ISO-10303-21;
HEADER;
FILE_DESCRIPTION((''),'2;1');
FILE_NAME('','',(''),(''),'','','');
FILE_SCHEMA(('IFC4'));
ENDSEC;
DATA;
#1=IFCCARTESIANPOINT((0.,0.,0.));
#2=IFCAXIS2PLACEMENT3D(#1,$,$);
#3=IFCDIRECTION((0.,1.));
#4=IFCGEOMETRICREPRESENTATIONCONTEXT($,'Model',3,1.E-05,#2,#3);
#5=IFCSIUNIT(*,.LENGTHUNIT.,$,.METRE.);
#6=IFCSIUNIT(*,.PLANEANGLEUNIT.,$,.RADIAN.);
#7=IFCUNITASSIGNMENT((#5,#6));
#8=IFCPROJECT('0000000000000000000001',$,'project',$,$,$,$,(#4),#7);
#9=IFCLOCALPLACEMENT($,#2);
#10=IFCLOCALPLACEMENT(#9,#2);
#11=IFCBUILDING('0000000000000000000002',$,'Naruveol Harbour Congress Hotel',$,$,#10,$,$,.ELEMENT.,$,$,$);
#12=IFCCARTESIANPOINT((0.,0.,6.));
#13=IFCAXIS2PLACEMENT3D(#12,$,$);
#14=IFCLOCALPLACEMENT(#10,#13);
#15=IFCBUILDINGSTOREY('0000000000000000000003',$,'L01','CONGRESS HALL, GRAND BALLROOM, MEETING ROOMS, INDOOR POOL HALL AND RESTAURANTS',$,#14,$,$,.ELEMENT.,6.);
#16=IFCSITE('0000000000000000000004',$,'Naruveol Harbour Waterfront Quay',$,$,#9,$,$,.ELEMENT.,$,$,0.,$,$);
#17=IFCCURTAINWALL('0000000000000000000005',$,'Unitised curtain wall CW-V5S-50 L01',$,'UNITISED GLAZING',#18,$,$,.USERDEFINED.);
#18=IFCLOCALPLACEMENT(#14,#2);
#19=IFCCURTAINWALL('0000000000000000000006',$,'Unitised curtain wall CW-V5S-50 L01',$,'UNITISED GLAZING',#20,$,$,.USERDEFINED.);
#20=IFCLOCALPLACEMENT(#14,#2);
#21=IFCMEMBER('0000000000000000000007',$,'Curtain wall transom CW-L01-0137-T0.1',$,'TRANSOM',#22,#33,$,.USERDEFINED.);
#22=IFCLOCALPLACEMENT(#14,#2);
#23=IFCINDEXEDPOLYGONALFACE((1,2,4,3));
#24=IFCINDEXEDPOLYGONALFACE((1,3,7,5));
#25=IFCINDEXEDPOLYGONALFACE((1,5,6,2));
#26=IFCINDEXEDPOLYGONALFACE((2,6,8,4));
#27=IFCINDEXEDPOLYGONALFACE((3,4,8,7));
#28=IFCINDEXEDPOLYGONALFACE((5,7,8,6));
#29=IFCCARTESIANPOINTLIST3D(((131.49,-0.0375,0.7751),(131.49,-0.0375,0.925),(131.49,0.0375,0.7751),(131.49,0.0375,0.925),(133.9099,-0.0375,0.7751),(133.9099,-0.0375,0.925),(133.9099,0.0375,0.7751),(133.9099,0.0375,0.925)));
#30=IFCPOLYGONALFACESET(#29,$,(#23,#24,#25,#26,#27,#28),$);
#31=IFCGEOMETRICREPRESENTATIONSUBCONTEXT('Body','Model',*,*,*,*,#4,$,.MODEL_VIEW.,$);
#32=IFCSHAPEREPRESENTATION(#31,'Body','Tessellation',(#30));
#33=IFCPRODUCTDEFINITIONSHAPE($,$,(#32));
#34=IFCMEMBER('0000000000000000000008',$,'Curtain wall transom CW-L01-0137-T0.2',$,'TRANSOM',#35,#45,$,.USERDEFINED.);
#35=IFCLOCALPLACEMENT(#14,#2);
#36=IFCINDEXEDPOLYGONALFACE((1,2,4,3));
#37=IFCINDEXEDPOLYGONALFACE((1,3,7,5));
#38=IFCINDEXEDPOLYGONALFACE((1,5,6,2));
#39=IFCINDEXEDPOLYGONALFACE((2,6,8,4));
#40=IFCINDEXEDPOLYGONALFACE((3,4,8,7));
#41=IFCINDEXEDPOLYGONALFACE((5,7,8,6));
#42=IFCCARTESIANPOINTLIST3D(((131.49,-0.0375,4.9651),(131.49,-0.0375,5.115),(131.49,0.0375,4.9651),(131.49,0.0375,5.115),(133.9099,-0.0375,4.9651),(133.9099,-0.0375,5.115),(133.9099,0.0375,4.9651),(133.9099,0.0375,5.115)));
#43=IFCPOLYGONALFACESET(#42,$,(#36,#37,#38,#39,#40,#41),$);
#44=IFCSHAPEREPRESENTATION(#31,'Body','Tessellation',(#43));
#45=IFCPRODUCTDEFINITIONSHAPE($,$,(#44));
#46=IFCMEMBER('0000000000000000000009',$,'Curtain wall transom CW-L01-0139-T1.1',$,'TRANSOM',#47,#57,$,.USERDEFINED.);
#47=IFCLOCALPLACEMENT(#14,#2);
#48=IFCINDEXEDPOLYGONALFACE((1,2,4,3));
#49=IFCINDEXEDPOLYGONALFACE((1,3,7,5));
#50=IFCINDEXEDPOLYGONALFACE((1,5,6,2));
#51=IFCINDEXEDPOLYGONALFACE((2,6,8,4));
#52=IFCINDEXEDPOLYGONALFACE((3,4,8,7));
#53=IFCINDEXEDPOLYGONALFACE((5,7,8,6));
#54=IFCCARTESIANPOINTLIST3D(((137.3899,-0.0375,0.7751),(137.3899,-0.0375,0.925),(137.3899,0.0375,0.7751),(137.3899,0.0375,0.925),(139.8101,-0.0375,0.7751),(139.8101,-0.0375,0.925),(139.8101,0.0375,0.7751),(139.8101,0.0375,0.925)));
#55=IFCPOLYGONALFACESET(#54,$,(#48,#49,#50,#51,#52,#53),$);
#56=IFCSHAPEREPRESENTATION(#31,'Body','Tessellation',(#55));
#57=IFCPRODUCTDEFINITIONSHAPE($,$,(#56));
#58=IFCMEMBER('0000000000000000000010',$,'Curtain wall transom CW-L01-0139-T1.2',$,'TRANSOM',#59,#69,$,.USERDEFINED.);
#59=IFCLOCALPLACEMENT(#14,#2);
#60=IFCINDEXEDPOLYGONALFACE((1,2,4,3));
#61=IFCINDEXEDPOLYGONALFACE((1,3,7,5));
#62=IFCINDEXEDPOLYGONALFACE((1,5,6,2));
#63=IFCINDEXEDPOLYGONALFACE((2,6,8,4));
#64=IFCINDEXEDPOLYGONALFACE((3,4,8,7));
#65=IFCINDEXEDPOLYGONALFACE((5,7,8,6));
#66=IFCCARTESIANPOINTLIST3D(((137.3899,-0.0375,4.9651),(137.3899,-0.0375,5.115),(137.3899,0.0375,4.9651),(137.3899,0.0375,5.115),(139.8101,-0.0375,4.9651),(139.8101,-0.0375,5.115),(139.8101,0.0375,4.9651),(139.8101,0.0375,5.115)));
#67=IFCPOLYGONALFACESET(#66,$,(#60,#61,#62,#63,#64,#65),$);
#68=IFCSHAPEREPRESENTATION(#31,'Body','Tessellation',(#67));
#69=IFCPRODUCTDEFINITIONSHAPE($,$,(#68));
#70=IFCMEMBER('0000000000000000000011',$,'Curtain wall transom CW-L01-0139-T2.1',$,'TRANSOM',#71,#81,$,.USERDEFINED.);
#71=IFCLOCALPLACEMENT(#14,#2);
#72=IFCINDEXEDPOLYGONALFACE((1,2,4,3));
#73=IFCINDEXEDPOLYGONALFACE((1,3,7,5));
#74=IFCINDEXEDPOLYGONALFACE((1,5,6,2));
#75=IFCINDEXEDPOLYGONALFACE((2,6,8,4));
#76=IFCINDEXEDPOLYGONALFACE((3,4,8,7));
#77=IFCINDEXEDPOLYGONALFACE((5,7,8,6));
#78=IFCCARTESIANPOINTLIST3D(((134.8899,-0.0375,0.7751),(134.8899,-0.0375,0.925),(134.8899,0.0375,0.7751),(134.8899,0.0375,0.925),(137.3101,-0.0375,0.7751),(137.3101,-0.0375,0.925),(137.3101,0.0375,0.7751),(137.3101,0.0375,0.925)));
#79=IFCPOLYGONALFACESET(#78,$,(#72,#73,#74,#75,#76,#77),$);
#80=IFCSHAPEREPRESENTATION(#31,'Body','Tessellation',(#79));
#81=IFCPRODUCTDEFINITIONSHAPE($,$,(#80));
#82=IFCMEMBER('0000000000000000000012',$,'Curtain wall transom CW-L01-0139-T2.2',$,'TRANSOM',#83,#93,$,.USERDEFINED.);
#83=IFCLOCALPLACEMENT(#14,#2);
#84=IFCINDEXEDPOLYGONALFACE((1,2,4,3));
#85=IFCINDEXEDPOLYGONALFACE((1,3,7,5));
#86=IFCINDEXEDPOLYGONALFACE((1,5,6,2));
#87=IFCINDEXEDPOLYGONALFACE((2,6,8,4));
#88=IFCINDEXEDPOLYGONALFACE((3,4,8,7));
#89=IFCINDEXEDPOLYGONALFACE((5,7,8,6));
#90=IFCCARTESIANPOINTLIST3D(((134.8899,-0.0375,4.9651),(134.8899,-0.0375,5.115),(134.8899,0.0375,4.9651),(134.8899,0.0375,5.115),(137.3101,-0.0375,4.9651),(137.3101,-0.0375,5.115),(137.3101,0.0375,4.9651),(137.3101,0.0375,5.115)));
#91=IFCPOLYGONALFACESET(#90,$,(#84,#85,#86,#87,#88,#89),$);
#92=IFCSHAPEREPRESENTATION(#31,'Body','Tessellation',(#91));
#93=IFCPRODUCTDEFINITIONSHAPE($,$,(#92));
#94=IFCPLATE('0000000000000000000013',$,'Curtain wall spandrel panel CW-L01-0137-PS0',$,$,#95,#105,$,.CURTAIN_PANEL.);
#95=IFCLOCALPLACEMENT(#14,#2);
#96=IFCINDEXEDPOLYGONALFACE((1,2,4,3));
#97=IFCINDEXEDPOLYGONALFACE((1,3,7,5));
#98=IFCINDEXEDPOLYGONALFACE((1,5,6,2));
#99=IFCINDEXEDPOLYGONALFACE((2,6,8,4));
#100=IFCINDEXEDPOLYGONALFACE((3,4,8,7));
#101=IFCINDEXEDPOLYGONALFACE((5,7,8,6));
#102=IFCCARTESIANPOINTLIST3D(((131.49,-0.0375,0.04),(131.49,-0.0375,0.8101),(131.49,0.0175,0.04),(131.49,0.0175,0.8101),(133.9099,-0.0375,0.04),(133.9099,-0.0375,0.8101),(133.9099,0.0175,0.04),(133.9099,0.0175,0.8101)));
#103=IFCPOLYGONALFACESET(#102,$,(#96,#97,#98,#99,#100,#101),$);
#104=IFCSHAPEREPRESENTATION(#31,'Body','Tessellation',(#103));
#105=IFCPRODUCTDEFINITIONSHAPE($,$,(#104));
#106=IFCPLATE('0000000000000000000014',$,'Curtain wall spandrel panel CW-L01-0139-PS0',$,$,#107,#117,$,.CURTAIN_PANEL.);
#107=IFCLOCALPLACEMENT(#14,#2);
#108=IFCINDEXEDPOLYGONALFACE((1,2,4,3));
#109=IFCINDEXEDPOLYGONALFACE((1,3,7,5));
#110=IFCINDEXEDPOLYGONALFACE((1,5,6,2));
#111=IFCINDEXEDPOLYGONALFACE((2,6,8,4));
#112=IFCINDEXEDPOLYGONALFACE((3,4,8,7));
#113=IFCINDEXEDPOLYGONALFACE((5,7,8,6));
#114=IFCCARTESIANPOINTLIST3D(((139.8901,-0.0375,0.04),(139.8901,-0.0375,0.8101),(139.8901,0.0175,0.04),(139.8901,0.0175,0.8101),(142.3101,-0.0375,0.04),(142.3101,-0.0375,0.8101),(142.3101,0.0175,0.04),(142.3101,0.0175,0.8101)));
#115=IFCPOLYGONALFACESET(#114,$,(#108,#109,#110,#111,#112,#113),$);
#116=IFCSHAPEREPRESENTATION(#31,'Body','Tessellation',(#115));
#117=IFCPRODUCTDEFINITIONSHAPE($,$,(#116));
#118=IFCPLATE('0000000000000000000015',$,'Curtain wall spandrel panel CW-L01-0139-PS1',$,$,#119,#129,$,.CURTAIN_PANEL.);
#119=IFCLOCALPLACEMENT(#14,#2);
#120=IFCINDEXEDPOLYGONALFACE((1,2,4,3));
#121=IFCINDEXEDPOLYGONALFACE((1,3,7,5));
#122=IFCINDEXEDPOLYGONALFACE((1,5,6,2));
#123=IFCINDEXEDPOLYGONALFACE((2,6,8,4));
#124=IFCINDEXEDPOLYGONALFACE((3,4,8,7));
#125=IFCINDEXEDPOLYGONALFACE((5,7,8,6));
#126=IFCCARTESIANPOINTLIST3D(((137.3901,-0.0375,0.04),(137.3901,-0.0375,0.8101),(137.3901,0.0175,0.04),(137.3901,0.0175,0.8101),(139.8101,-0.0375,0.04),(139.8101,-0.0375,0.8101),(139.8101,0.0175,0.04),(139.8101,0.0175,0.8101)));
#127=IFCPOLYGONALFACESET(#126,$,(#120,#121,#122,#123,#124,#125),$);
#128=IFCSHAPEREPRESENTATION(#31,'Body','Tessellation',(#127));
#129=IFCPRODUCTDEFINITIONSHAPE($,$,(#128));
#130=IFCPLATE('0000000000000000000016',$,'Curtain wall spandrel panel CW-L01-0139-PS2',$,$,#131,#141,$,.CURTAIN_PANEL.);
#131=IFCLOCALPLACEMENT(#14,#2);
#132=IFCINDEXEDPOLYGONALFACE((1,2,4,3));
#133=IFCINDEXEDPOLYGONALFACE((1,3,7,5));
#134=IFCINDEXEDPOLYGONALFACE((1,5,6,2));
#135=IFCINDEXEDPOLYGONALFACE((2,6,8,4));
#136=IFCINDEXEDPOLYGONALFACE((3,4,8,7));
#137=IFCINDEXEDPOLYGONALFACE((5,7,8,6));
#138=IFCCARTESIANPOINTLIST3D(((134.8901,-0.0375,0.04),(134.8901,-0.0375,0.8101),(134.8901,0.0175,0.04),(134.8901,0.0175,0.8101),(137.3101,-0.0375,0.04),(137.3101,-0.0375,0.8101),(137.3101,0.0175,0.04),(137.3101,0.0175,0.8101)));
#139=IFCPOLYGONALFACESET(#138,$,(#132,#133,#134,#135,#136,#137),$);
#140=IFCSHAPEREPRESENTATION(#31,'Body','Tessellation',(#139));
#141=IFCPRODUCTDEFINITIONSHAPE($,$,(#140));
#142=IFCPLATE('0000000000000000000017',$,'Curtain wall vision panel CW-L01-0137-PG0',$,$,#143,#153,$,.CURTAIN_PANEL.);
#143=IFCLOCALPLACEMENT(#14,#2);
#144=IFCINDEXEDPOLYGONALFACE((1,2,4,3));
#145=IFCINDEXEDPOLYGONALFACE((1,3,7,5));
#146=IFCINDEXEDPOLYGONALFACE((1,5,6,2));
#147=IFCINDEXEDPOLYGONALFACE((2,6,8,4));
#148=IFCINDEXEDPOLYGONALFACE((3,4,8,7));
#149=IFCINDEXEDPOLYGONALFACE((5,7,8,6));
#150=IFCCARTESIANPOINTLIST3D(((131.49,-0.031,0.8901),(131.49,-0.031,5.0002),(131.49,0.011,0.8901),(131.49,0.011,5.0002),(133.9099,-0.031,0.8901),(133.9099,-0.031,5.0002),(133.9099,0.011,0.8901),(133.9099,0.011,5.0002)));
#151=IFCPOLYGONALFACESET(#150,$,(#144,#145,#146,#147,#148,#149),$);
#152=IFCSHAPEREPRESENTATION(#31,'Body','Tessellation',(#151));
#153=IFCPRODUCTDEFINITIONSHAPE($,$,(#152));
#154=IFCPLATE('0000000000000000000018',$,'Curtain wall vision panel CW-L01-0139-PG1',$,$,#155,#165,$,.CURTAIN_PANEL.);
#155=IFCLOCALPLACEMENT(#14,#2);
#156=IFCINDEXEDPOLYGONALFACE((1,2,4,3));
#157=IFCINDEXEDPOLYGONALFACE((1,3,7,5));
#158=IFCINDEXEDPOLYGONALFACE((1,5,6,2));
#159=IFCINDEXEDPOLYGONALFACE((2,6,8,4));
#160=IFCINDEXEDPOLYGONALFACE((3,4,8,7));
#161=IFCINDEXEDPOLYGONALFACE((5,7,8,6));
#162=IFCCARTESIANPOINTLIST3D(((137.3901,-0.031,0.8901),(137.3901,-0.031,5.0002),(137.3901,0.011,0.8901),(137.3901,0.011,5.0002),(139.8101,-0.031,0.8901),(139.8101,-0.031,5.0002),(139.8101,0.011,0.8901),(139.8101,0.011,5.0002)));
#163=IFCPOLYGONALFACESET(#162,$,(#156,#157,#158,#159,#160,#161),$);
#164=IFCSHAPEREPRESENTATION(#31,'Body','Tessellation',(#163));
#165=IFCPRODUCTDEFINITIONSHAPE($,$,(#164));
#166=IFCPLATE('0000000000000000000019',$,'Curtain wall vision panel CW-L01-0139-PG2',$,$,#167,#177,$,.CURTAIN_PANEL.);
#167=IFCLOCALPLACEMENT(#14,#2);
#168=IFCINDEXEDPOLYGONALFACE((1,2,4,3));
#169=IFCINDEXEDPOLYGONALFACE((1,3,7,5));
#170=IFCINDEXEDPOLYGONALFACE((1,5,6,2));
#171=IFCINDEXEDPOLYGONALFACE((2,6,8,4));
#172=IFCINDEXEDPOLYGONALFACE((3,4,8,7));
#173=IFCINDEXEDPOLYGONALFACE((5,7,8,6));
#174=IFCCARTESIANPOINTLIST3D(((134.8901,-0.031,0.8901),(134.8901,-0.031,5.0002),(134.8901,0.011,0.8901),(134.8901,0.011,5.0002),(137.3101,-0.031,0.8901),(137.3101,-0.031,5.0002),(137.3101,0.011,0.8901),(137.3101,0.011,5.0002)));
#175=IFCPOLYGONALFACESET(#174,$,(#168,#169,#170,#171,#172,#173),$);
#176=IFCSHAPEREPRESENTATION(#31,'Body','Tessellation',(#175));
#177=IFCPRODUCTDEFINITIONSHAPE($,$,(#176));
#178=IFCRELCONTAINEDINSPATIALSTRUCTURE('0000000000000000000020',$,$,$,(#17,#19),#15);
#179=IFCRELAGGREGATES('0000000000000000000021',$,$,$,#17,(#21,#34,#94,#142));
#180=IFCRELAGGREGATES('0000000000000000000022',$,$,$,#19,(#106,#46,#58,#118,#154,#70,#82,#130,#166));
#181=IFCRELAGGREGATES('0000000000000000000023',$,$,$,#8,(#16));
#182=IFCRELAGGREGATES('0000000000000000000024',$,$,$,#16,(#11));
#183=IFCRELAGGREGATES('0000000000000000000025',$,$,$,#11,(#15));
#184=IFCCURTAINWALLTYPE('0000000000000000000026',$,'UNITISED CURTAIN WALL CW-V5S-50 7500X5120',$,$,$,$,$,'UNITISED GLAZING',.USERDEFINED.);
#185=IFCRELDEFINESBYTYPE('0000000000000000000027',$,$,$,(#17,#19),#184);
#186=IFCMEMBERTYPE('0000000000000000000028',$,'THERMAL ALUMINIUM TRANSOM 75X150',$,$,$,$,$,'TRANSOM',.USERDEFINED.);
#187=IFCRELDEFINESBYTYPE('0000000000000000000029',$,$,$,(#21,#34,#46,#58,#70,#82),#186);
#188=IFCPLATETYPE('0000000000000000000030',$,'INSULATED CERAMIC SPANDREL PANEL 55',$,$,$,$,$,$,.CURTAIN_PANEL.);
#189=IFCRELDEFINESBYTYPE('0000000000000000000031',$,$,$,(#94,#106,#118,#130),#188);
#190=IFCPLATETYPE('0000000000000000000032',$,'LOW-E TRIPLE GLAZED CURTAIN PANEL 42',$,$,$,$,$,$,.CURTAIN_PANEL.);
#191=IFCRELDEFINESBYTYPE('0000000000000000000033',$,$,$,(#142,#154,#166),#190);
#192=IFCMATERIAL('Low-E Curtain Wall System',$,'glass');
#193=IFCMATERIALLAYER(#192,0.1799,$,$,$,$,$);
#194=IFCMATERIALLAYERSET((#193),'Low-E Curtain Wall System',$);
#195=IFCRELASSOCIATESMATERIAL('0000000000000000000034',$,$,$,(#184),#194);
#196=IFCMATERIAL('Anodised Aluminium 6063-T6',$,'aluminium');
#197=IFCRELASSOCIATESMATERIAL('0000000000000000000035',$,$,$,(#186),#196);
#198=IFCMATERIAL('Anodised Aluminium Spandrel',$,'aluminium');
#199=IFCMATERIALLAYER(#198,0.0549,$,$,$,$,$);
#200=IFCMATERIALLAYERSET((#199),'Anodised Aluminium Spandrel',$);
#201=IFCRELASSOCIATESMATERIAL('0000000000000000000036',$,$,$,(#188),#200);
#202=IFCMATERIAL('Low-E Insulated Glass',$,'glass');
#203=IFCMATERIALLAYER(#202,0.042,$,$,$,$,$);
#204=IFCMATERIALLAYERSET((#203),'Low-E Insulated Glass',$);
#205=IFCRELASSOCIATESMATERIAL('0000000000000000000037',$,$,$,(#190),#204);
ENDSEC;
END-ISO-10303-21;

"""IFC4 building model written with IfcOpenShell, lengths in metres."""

from ifc_helpers import new_model, si_unit, direction, frame, origin, origin_2d, place, context, subcontext, project, spatial, rectangle, extrude, material, layer, layer_set, material_profile, profile_set, type_object, element, aggregate, save


model = new_model("IFC4")

# Units and contexts
model_context = context("Model", 3, precision=1e-05, world=origin(), true_north=direction((0.0, 1.0)))
body_context = subcontext(model_context, "Body", "Model", "MODEL_VIEW")
ifc_project = project(units=[si_unit("LENGTHUNIT", "METRE"), si_unit("PLANEANGLEUNIT", "RADIAN")], contexts=[model_context])

# Site, building, storey
site_placement = place(None, origin())
site = spatial("IfcSite", under=ifc_project, at=site_placement, Name="Naruveol Harbour Waterfront Quay", CompositionType="ELEMENT", RefElevation=0.0)
building_placement = place(site_placement, origin())
building = spatial("IfcBuilding", under=site, at=building_placement, Name="Naruveol Harbour Congress Hotel", CompositionType="ELEMENT")
storey_placement = place(building_placement, frame((0.0, 0.0, 6.0)))
storey = spatial("IfcBuildingStorey", under=building, at=storey_placement, Name="L01", Description="CONGRESS HALL, GRAND BALLROOM, MEETING ROOMS, INDOOR POOL HALL AND RESTAURANTS", CompositionType="ELEMENT", Elevation=6.0)

# Curtain walls
ifc_material_1 = material(Name="Low-E Curtain Wall System", Category="glass")
ifc_layer_1 = layer(ifc_material_1, 0.1799)
ifc_layer_set_1 = layer_set([ifc_layer_1], Name="Low-E Curtain Wall System")
curtain_wall_type = type_object("IfcCurtainWallType", Name="UNITISED CURTAIN WALL CW-V5S-50 7500X5120", ElementType="UNITISED GLAZING", PredefinedType="USERDEFINED", material=ifc_layer_set_1)
curtain_wall_1_placement = place(storey_placement, origin())
curtain_wall_1 = element("IfcCurtainWall", 1, at=curtain_wall_1_placement, inside=storey, type_object=curtain_wall_type, Name="Unitised curtain wall CW-V5S-50 L01", ObjectType="UNITISED GLAZING", PredefinedType="USERDEFINED")
curtain_wall_2_placement = place(storey_placement, origin())
curtain_wall_2 = element("IfcCurtainWall", 2, at=curtain_wall_2_placement, inside=storey, type_object=curtain_wall_type, Name="Unitised curtain wall CW-V5S-50 L01", ObjectType="UNITISED GLAZING", PredefinedType="USERDEFINED")

# Members
ifc_material_2 = material(Name="Anodised Aluminium 6063-T6", Category="aluminium")
ifc_material_profile_1 = material_profile(ifc_material_2, rectangle(XDim=0.075, YDim=0.1499, at=origin_2d()), Name="ALU-75x150")
ifc_profile_set_1 = profile_set([ifc_material_profile_1], Name="Anodised Aluminium 6063-T6")
member_type_1 = type_object("IfcMemberType", Name="THERMAL ALUMINIUM TRANSOM 75X150", ElementType="TRANSOM", PredefinedType="USERDEFINED", material=ifc_profile_set_1)
member_1_placement = place(storey_placement, frame((133.9099, 0.0, 0.8501), z_axis=(-1.0, 0.0, 0.0), x_axis=(0.0, -1.0, 0.0)))
member_1 = element("IfcMember", 3, at=member_1_placement, type_object=member_type_1, Name="Curtain wall transom CW-L01-0137-T0.1", ObjectType="TRANSOM", PredefinedType="USERDEFINED", context=body_context, shape_type="SweptSolid", body=[
    extrude(rectangle(XDim=0.075, YDim=0.1499, at=origin_2d()), origin(), (0.0, 0.0, 1.0), 2.4199),
])
member_2_placement = place(storey_placement, frame((133.9099, 0.0, 5.04), z_axis=(-1.0, 0.0, 0.0), x_axis=(0.0, -1.0, 0.0)))
member_2 = element("IfcMember", 4, at=member_2_placement, type_object=member_type_1, Name="Curtain wall transom CW-L01-0137-T0.2", ObjectType="TRANSOM", PredefinedType="USERDEFINED", context=body_context, shape_type="SweptSolid", body=[
    extrude(rectangle(XDim=0.075, YDim=0.1499, at=origin_2d()), origin(), (0.0, 0.0, 1.0), 2.4199),
])
member_3_placement = place(storey_placement, frame((139.8101, 0.0, 0.8501), z_axis=(-1.0, 0.0, 0.0), x_axis=(0.0, -1.0, 0.0)))
member_3 = element("IfcMember", 5, at=member_3_placement, type_object=member_type_1, Name="Curtain wall transom CW-L01-0139-T1.1", ObjectType="TRANSOM", PredefinedType="USERDEFINED", context=body_context, shape_type="SweptSolid", body=[
    extrude(rectangle(XDim=0.075, YDim=0.1499, at=origin_2d()), origin(), (0.0, 0.0, 1.0), 2.4202),
])
member_4_placement = place(storey_placement, frame((139.8101, 0.0, 5.04), z_axis=(-1.0, 0.0, 0.0), x_axis=(0.0, -1.0, 0.0)))
member_4 = element("IfcMember", 6, at=member_4_placement, type_object=member_type_1, Name="Curtain wall transom CW-L01-0139-T1.2", ObjectType="TRANSOM", PredefinedType="USERDEFINED", context=body_context, shape_type="SweptSolid", body=[
    extrude(rectangle(XDim=0.075, YDim=0.1499, at=origin_2d()), origin(), (0.0, 0.0, 1.0), 2.4202),
])
member_5_placement = place(storey_placement, frame((137.3101, 0.0, 0.8501), z_axis=(-1.0, 0.0, 0.0), x_axis=(0.0, -1.0, 0.0)))
member_5 = element("IfcMember", 7, at=member_5_placement, type_object=member_type_1, Name="Curtain wall transom CW-L01-0139-T2.1", ObjectType="TRANSOM", PredefinedType="USERDEFINED", context=body_context, shape_type="SweptSolid", body=[
    extrude(rectangle(XDim=0.075, YDim=0.1499, at=origin_2d()), origin(), (0.0, 0.0, 1.0), 2.4202),
])
member_6_placement = place(storey_placement, frame((137.3101, 0.0, 5.04), z_axis=(-1.0, 0.0, 0.0), x_axis=(0.0, -1.0, 0.0)))
member_6 = element("IfcMember", 8, at=member_6_placement, type_object=member_type_1, Name="Curtain wall transom CW-L01-0139-T2.2", ObjectType="TRANSOM", PredefinedType="USERDEFINED", context=body_context, shape_type="SweptSolid", body=[
    extrude(rectangle(XDim=0.075, YDim=0.1499, at=origin_2d()), origin(), (0.0, 0.0, 1.0), 2.4202),
])

# Plates
ifc_material_3 = material(Name="Anodised Aluminium Spandrel", Category="aluminium")
ifc_layer_2 = layer(ifc_material_3, 0.0549)
ifc_layer_set_2 = layer_set([ifc_layer_2], Name="Anodised Aluminium Spandrel")
plate_type_1 = type_object("IfcPlateType", Name="INSULATED CERAMIC SPANDREL PANEL 55", PredefinedType="CURTAIN_PANEL", material=ifc_layer_set_2)
plate_1_placement = place(storey_placement, frame((132.7, -0.01, 0.04), z_axis=(0.0, 0.0, 1.0), x_axis=(-1.0, 0.0, 0.0)))
plate_1 = element("IfcPlate", 9, at=plate_1_placement, type_object=plate_type_1, Name="Curtain wall spandrel panel CW-L01-0137-PS0", PredefinedType="CURTAIN_PANEL", context=body_context, shape_type="SweptSolid", body=[
    extrude(rectangle(XDim=2.4199, YDim=0.0549, at=origin_2d()), origin(), (0.0, 0.0, 1.0), 0.77),
])
plate_2_placement = place(storey_placement, frame((141.1001, -0.01, 0.04), z_axis=(0.0, 0.0, 1.0), x_axis=(-1.0, 0.0, 0.0)))
plate_2 = element("IfcPlate", 10, at=plate_2_placement, type_object=plate_type_1, Name="Curtain wall spandrel panel CW-L01-0139-PS0", PredefinedType="CURTAIN_PANEL", context=body_context, shape_type="SweptSolid", body=[
    extrude(rectangle(XDim=2.4199, YDim=0.0549, at=origin_2d()), origin(), (0.0, 0.0, 1.0), 0.77),
])
plate_3_placement = place(storey_placement, frame((138.6001, -0.01, 0.04), z_axis=(0.0, 0.0, 1.0), x_axis=(-1.0, 0.0, 0.0)))
plate_3 = element("IfcPlate", 11, at=plate_3_placement, type_object=plate_type_1, Name="Curtain wall spandrel panel CW-L01-0139-PS1", PredefinedType="CURTAIN_PANEL", context=body_context, shape_type="SweptSolid", body=[
    extrude(rectangle(XDim=2.4199, YDim=0.0549, at=origin_2d()), origin(), (0.0, 0.0, 1.0), 0.77),
])
plate_4_placement = place(storey_placement, frame((136.1001, -0.01, 0.04), z_axis=(0.0, 0.0, 1.0), x_axis=(-1.0, 0.0, 0.0)))
plate_4 = element("IfcPlate", 12, at=plate_4_placement, type_object=plate_type_1, Name="Curtain wall spandrel panel CW-L01-0139-PS2", PredefinedType="CURTAIN_PANEL", context=body_context, shape_type="SweptSolid", body=[
    extrude(rectangle(XDim=2.4199, YDim=0.0549, at=origin_2d()), origin(), (0.0, 0.0, 1.0), 0.77),
])
ifc_material_4 = material(Name="Low-E Insulated Glass", Category="glass")
ifc_layer_3 = layer(ifc_material_4, 0.042)
ifc_layer_set_3 = layer_set([ifc_layer_3], Name="Low-E Insulated Glass")
plate_type_2 = type_object("IfcPlateType", Name="LOW-E TRIPLE GLAZED CURTAIN PANEL 42", PredefinedType="CURTAIN_PANEL", material=ifc_layer_set_3)
plate_5_placement = place(storey_placement, frame((132.7, -0.01, 0.8901), z_axis=(0.0, 0.0, 1.0), x_axis=(-1.0, 0.0, 0.0)))
plate_5 = element("IfcPlate", 13, at=plate_5_placement, type_object=plate_type_2, Name="Curtain wall vision panel CW-L01-0137-PG0", PredefinedType="CURTAIN_PANEL", context=body_context, shape_type="SweptSolid", body=[
    extrude(rectangle(XDim=2.4199, YDim=0.042, at=origin_2d()), origin(), (0.0, 0.0, 1.0), 4.1101),
])
aggregate(curtain_wall_1, [member_1, member_2, plate_1, plate_5])
plate_6_placement = place(storey_placement, frame((138.6001, -0.01, 0.8901), z_axis=(0.0, 0.0, 1.0), x_axis=(-1.0, 0.0, 0.0)))
plate_6 = element("IfcPlate", 14, at=plate_6_placement, type_object=plate_type_2, Name="Curtain wall vision panel CW-L01-0139-PG1", PredefinedType="CURTAIN_PANEL", context=body_context, shape_type="SweptSolid", body=[
    extrude(rectangle(XDim=2.4199, YDim=0.042, at=origin_2d()), origin(), (0.0, 0.0, 1.0), 4.1101),
])
plate_7_placement = place(storey_placement, frame((136.1001, -0.01, 0.8901), z_axis=(0.0, 0.0, 1.0), x_axis=(-1.0, 0.0, 0.0)))
plate_7 = element("IfcPlate", 15, at=plate_7_placement, type_object=plate_type_2, Name="Curtain wall vision panel CW-L01-0139-PG2", PredefinedType="CURTAIN_PANEL", context=body_context, shape_type="SweptSolid", body=[
    extrude(rectangle(XDim=2.4199, YDim=0.042, at=origin_2d()), origin(), (0.0, 0.0, 1.0), 4.1101),
])
aggregate(curtain_wall_2, [plate_2, member_3, member_4, plate_3, plate_6, member_5, member_6, plate_4, plate_7])

save(model, "model.ifc")
